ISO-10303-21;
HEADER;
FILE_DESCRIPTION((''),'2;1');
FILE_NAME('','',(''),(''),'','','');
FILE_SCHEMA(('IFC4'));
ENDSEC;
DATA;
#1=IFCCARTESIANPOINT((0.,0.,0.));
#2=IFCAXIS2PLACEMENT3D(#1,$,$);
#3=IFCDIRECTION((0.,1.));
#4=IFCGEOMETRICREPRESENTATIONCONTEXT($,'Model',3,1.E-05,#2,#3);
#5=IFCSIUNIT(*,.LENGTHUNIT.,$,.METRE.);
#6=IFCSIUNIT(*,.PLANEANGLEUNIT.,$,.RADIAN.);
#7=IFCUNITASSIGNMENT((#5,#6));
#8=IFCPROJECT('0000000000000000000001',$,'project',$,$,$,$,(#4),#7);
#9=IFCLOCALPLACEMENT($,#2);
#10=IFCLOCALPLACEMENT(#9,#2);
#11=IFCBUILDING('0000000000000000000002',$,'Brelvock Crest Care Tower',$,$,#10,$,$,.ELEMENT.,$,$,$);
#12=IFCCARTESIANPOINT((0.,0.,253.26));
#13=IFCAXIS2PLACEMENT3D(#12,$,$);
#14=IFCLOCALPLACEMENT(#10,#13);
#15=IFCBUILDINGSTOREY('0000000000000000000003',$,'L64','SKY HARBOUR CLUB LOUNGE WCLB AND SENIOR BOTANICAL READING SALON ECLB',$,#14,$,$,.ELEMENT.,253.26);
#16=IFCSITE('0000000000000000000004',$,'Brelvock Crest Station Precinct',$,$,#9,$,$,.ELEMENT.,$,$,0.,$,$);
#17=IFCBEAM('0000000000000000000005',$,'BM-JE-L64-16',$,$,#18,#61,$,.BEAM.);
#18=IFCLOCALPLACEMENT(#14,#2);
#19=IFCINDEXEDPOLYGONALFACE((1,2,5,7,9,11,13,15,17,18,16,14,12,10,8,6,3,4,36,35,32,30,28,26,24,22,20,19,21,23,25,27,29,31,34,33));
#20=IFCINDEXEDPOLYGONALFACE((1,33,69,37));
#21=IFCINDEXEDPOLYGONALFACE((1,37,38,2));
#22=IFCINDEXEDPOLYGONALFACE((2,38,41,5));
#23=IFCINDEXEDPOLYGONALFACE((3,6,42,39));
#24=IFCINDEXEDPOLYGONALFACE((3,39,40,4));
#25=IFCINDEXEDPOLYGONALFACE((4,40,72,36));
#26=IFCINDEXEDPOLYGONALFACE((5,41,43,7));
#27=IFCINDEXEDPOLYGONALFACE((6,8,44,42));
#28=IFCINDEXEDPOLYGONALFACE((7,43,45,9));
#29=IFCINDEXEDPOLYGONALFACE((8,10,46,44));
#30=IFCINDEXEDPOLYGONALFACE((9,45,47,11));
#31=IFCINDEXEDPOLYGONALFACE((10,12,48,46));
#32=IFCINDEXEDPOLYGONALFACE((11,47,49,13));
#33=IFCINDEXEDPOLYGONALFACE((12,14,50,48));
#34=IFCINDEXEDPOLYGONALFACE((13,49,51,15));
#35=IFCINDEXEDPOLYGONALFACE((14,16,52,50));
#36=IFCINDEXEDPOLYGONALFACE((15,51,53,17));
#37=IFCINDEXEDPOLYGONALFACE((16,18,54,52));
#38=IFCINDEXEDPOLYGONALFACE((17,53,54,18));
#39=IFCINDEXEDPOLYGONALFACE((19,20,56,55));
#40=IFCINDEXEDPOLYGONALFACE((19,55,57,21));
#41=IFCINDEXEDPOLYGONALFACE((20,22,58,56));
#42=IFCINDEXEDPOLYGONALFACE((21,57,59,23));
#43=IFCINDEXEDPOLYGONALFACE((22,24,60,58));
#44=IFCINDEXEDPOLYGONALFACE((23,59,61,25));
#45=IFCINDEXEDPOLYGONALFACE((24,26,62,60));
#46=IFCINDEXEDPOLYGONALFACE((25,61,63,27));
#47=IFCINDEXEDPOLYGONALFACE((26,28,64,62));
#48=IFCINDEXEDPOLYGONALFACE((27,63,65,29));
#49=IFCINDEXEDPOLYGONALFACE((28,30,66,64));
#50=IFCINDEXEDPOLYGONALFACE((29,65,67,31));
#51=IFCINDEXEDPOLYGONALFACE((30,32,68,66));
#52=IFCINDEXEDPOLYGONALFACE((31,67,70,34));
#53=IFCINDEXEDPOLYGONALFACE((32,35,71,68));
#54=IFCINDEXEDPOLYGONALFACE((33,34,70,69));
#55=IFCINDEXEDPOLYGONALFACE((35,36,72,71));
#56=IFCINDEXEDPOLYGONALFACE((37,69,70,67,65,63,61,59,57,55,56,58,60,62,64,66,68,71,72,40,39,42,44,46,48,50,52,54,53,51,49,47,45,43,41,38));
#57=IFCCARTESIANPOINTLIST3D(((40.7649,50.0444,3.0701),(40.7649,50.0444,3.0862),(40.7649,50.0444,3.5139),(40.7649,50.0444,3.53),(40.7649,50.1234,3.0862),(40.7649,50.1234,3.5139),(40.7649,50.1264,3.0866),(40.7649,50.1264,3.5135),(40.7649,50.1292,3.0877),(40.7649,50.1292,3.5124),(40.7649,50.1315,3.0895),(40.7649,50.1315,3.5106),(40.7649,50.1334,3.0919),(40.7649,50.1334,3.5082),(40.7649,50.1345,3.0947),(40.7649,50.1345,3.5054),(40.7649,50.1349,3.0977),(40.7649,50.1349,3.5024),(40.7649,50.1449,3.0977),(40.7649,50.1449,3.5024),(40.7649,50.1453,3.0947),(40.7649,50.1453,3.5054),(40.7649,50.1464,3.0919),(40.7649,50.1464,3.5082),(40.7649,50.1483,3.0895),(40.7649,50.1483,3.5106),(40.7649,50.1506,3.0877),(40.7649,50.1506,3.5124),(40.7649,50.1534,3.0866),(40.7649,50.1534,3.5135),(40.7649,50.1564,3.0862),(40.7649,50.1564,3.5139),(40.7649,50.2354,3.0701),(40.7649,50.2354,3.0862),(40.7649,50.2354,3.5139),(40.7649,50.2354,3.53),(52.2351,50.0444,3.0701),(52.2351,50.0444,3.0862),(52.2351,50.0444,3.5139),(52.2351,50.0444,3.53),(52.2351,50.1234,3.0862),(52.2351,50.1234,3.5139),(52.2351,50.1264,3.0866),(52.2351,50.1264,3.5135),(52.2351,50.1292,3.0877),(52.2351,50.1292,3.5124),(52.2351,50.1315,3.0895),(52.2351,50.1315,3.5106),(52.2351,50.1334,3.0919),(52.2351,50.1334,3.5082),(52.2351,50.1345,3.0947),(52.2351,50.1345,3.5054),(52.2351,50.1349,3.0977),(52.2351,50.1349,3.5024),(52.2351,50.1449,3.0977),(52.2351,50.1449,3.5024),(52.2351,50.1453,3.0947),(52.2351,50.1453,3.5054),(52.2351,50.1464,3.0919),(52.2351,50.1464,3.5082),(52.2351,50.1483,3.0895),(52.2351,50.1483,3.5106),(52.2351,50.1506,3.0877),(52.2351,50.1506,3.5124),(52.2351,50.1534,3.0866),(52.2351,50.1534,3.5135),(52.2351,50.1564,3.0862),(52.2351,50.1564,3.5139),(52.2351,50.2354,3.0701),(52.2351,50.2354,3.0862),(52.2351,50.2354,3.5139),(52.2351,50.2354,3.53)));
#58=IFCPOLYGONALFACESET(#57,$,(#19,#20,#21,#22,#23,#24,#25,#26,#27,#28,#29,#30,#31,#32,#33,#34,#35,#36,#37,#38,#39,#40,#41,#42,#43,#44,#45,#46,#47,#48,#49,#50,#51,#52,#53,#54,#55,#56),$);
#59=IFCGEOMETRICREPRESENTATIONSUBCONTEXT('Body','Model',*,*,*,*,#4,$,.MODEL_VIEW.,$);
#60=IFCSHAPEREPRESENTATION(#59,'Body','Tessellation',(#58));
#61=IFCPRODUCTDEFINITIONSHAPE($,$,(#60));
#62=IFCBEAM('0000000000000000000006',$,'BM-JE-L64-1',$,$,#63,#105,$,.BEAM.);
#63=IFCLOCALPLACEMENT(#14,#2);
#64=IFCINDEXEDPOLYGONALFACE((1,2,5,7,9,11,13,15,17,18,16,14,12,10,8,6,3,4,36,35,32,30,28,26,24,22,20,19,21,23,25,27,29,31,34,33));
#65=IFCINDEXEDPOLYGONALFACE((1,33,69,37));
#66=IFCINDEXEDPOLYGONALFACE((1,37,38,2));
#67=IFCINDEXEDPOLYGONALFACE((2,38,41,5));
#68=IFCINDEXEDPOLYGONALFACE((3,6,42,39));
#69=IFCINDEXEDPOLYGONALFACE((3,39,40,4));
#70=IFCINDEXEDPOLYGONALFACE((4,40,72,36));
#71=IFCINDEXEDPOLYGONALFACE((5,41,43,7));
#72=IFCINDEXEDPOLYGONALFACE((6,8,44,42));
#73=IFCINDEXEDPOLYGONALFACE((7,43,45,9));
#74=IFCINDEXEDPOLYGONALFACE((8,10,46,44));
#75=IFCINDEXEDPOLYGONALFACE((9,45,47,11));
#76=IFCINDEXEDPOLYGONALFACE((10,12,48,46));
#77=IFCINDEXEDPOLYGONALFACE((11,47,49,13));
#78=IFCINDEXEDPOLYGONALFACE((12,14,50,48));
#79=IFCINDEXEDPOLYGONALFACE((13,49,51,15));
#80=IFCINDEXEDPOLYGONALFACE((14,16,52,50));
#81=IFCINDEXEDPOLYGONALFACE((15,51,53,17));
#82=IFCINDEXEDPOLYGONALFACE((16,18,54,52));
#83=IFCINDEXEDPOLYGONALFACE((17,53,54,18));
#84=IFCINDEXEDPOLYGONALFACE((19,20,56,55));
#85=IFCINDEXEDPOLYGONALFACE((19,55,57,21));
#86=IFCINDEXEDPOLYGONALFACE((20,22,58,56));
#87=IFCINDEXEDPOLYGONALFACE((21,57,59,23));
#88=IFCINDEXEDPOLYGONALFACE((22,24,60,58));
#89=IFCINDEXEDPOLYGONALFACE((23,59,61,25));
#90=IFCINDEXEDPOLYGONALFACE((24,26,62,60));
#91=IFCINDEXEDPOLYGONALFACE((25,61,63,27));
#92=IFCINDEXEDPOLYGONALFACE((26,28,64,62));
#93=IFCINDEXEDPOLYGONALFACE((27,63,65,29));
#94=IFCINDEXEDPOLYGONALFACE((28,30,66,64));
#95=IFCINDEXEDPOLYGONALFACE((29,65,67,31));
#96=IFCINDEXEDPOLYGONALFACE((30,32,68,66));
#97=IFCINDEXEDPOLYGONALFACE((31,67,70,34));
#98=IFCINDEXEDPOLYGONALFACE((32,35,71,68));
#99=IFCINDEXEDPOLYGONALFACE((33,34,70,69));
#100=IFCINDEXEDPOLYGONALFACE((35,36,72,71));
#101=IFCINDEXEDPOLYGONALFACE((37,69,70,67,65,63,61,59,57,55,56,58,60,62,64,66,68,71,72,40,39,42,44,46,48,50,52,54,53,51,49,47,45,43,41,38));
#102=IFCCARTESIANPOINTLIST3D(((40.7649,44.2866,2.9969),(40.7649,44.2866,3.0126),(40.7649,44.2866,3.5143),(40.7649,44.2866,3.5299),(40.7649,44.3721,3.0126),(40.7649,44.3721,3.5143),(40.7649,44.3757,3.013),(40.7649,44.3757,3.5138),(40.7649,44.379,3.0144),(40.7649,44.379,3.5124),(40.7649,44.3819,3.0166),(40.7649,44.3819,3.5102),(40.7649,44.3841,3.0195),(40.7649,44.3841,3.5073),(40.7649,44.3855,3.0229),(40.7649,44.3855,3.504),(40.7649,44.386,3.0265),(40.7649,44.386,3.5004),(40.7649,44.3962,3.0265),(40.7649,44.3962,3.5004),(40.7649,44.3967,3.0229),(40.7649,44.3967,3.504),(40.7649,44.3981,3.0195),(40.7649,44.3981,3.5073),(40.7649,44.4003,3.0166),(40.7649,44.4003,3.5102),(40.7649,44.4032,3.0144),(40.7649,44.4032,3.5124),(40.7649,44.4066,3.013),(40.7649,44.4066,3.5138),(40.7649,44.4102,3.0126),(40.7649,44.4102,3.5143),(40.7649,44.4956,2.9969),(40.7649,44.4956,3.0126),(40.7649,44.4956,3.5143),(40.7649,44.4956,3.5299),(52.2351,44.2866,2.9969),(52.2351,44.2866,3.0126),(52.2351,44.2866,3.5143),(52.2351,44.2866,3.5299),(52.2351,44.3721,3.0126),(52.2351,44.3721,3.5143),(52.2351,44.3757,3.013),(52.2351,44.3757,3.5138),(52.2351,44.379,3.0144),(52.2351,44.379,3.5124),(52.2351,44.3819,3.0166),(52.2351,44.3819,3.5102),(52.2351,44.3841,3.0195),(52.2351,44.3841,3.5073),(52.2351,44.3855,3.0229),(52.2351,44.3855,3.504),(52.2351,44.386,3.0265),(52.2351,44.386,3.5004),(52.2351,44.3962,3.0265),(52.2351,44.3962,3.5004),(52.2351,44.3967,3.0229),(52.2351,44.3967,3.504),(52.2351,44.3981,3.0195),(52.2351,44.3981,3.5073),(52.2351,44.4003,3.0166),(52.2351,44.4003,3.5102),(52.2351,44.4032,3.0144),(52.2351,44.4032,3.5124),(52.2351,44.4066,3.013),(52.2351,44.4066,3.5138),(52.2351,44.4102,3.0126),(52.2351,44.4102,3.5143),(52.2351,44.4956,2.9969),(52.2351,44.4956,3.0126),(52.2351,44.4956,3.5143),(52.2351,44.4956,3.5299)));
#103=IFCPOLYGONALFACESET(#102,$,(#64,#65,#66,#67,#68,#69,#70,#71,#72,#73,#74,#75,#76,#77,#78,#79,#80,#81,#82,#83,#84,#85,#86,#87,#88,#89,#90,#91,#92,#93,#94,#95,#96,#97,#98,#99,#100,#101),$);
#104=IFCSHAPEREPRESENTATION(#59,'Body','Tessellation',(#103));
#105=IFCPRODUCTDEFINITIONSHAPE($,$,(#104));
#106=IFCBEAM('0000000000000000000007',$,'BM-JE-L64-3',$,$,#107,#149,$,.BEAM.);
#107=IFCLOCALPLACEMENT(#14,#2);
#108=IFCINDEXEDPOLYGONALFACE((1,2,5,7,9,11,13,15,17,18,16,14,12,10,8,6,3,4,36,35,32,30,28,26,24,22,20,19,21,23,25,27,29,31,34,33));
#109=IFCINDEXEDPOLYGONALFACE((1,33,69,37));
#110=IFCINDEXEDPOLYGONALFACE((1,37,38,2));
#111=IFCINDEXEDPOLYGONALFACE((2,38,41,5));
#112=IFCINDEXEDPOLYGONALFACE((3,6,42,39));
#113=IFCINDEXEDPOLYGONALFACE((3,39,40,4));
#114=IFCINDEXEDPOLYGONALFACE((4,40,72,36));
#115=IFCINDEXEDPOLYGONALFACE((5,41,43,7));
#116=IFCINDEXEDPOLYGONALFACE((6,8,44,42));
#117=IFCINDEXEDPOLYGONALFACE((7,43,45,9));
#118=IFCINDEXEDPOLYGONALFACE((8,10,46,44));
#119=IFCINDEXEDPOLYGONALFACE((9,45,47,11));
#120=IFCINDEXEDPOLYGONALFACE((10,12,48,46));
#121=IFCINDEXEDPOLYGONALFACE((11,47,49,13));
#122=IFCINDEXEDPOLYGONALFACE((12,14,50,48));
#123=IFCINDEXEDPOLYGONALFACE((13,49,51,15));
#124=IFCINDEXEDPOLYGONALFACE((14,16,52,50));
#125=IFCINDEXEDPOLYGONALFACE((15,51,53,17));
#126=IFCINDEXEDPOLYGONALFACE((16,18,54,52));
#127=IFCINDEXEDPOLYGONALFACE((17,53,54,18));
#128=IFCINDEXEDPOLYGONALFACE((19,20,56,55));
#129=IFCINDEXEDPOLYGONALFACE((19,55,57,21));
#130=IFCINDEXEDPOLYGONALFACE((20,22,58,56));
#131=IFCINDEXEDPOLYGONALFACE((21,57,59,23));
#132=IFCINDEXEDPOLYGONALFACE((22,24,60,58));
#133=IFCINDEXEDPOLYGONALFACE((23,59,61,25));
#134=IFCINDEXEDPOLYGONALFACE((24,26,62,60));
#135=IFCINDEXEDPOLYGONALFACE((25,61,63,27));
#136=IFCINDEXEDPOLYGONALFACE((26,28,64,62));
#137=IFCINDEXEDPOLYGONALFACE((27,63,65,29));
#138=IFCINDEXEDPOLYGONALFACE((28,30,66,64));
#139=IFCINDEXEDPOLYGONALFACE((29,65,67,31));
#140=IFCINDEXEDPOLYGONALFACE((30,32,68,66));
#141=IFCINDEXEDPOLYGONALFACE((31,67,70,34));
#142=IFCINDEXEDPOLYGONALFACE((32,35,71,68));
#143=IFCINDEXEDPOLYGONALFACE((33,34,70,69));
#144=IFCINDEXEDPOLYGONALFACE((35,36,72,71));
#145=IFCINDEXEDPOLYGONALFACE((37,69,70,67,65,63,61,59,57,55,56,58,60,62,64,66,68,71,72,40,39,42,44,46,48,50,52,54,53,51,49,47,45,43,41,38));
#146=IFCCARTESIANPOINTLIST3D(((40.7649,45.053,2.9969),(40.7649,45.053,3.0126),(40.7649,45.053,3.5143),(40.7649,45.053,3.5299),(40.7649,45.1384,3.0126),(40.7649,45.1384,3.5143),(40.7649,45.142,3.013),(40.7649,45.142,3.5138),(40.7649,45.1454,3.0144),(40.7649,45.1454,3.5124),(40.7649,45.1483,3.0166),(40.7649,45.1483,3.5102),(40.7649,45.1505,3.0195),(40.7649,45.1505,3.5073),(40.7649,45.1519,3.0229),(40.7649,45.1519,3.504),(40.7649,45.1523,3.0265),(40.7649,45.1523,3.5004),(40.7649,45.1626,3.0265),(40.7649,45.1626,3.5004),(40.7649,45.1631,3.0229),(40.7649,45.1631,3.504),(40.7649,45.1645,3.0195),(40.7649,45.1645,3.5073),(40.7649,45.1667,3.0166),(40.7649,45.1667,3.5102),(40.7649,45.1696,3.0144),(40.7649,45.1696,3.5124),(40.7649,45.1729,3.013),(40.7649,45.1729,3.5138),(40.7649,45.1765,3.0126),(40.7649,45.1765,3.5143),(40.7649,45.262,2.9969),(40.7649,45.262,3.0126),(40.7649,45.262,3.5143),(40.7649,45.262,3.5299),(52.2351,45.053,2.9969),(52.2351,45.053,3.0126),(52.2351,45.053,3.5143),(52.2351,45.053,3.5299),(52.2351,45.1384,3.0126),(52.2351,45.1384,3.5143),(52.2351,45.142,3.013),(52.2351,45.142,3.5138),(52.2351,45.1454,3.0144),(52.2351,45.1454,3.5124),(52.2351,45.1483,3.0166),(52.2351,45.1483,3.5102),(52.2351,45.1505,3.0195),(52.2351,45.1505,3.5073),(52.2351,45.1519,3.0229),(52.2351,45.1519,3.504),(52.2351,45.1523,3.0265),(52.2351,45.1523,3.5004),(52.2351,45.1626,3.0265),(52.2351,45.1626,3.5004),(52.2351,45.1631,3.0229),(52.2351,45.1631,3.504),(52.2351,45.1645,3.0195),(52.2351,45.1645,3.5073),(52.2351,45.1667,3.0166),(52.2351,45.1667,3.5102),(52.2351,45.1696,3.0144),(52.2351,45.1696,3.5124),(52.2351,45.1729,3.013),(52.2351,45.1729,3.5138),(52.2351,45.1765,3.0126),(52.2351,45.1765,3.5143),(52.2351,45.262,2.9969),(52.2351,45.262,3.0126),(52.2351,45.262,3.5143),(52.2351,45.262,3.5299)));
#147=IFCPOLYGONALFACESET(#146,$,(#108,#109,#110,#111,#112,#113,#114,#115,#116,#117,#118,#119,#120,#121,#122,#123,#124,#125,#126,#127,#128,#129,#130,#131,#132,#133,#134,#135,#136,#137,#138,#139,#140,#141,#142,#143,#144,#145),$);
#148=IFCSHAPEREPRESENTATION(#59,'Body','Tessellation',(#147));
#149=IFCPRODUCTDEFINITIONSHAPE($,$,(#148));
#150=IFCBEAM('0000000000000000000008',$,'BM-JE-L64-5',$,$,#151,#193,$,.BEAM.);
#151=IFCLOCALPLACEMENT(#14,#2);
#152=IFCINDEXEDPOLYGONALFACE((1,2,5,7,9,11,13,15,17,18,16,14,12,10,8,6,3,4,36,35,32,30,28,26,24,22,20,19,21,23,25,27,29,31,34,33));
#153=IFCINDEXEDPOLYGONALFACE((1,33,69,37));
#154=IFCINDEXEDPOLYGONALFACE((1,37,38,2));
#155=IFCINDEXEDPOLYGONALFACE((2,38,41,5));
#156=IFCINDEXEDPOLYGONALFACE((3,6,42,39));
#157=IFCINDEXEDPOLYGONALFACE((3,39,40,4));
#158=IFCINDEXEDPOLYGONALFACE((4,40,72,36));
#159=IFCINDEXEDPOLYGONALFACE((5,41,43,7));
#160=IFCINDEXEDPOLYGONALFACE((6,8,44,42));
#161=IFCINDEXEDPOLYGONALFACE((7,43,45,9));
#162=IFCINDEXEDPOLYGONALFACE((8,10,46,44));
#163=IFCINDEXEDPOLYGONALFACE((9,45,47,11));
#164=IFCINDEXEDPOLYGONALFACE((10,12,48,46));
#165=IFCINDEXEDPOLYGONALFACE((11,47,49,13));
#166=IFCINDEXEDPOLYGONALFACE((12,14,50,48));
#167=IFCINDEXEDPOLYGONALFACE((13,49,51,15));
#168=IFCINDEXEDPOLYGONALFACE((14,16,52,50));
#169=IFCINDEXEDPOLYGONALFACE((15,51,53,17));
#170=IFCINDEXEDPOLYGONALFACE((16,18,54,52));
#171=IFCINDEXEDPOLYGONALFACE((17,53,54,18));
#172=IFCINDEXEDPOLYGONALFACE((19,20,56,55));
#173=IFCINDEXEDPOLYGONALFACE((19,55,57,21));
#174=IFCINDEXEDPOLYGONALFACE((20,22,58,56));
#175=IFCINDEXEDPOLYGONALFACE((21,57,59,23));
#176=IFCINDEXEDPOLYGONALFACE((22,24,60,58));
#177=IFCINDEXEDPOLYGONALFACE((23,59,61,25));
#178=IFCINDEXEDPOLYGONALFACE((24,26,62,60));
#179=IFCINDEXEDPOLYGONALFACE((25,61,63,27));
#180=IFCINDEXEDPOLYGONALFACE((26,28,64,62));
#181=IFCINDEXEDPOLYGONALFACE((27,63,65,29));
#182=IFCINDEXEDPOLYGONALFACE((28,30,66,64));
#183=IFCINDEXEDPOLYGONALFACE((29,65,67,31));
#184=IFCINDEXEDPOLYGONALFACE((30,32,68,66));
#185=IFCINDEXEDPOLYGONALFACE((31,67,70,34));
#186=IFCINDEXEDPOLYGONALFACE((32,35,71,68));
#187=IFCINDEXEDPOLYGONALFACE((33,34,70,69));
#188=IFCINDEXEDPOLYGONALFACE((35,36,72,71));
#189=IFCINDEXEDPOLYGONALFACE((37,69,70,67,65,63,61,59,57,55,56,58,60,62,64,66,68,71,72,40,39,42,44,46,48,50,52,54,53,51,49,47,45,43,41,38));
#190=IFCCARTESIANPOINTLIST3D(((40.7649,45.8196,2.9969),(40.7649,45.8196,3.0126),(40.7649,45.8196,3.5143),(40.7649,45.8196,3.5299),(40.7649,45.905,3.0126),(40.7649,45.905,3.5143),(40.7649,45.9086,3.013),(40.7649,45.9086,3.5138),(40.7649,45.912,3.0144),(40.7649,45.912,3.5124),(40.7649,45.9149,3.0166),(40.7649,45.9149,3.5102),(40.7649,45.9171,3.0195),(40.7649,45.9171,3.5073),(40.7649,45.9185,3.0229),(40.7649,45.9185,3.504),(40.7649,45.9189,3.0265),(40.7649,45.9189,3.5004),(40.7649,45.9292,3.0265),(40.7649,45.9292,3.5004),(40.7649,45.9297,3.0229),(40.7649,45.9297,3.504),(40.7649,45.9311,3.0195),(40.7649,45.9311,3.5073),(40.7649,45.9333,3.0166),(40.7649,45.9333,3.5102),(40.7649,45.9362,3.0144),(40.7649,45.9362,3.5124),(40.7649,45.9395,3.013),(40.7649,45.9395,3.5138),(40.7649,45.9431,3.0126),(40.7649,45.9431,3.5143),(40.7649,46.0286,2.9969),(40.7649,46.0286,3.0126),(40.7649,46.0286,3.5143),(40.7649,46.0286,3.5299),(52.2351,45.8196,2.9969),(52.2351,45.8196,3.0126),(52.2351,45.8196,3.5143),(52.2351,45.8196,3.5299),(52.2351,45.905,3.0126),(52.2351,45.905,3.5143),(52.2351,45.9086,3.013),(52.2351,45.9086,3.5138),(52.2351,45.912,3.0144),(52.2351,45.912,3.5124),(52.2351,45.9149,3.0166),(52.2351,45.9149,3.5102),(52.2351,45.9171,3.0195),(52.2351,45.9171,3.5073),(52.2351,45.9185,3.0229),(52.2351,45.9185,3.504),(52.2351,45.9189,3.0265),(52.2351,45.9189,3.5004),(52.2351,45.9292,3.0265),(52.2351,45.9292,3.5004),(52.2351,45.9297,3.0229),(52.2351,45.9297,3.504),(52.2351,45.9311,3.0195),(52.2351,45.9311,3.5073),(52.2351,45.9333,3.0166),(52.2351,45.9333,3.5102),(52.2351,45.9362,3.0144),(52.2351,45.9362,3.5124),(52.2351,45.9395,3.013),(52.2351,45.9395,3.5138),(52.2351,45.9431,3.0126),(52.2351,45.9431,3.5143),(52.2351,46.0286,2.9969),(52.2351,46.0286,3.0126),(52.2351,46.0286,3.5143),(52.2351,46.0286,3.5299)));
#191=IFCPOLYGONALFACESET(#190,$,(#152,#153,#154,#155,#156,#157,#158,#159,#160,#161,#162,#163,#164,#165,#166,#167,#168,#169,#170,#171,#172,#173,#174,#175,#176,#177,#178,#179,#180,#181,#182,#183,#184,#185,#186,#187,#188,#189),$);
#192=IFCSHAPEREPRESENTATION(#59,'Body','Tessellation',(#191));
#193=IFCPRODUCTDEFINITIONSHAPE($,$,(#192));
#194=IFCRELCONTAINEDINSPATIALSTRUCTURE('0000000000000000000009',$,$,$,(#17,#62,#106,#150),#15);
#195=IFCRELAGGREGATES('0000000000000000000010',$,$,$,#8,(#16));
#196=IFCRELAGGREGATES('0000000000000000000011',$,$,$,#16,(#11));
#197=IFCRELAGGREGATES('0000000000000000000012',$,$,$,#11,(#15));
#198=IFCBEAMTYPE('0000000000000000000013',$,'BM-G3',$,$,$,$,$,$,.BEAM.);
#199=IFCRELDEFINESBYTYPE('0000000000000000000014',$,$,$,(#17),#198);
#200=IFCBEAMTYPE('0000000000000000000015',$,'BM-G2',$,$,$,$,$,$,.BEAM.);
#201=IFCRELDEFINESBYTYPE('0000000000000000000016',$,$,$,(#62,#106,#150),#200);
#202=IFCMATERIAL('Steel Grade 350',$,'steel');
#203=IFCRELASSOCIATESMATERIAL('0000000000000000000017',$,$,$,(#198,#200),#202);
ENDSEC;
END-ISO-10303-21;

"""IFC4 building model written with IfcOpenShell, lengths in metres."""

from ifc_helpers import new_model, si_unit, direction, frame, origin, origin_2d, place, context, subcontext, project, spatial, i_section, extrude, source, transform, mapped, material, material_profile, profile_set, type_object, element, save


model = new_model("IFC4")

# Units and contexts
model_context = context("Model", 3, precision=1e-05, world=origin(), true_north=direction((0.0, 1.0)))
body_context = subcontext(model_context, "Body", "Model", "MODEL_VIEW")
ifc_project = project(units=[si_unit("LENGTHUNIT", "METRE"), si_unit("PLANEANGLEUNIT", "RADIAN")], contexts=[model_context])

# Site, building, storey
site_placement = place(None, origin())
site = spatial("IfcSite", under=ifc_project, at=site_placement, Name="Brelvock Crest Station Precinct", CompositionType="ELEMENT", RefElevation=0.0)
building_placement = place(site_placement, origin())
building = spatial("IfcBuilding", under=site, at=building_placement, Name="Brelvock Crest Care Tower", CompositionType="ELEMENT")
storey_placement = place(building_placement, frame((0.0, 0.0, 253.26)))
storey = spatial("IfcBuildingStorey", under=building, at=storey_placement, Name="L64", Description="SKY HARBOUR CLUB LOUNGE WCLB AND SENIOR BOTANICAL READING SALON ECLB", CompositionType="ELEMENT", Elevation=253.26)

# Beams
ifc_material_1 = material(Name="Steel Grade 350", Category="steel")
ifc_material_profile_1 = material_profile(ifc_material_1, i_section(OverallWidth=0.1909, OverallDepth=0.46, WebThickness=0.01, FlangeThickness=0.0161, FilletRadius=0.0115, at=origin_2d()), Name="460UB82.1")
ifc_profile_set_1 = profile_set([ifc_material_profile_1], Name="Steel Grade 350")
beam_type_1 = type_object("IfcBeamType", Name="BM-G3", PredefinedType="BEAM", material=ifc_profile_set_1)
shared_shape_1 = source(origin(), body_context, "Body", "SweptSolid", [
    extrude(i_section(OverallWidth=0.1909, OverallDepth=0.46, WebThickness=0.01, FlangeThickness=0.0161, FilletRadius=0.0115, at=origin_2d()), origin(), (0.0, 0.0, 1.0), 11.4702),
])
for number, where, z_axis, x_axis, name in (
    (1, (40.7649, 50.1399, 3.3), (1.0, 0.0, 0.0), (0.0, 1.0, 0.0), "BM-JE-L64-16"),
):
    element("IfcBeam", number, at=place(storey_placement, frame(where, z_axis=z_axis, x_axis=x_axis)), inside=storey, type_object=beam_type_1, Name=name, PredefinedType="BEAM", context=body_context, shape_type="MappedRepresentation", body=[
        mapped(shared_shape_1, transform((0.0, 0.0, 0.0), x_axis=(1.0, 0.0, 0.0), y_axis=(0.0, 1.0, 0.0), z_axis=(0.0, 0.0, 1.0), scale=1.0)),
    ])
ifc_material_profile_2 = material_profile(ifc_material_1, i_section(OverallWidth=0.209, OverallDepth=0.533, WebThickness=0.0103, FlangeThickness=0.0156, FilletRadius=0.0139, at=origin_2d()), Name="530UB92.4")
ifc_profile_set_2 = profile_set([ifc_material_profile_2], Name="Steel Grade 350")
beam_type_2 = type_object("IfcBeamType", Name="BM-G2", PredefinedType="BEAM", material=ifc_profile_set_2)
shared_shape_2 = source(origin(), body_context, "Body", "SweptSolid", [
    extrude(i_section(OverallWidth=0.209, OverallDepth=0.533, WebThickness=0.0103, FlangeThickness=0.0156, FilletRadius=0.0139, at=origin_2d()), origin(), (0.0, 0.0, 1.0), 11.4702),
])
for number, where, z_axis, x_axis, name in (
    (2, (40.7649, 44.3911, 3.2634), (1.0, 0.0, 0.0), (0.0, 1.0, 0.0), "BM-JE-L64-1"),
    (3, (40.7649, 45.1575, 3.2634), (1.0, 0.0, 0.0), (0.0, 1.0, 0.0), "BM-JE-L64-3"),
    (4, (40.7649, 45.9241, 3.2634), (1.0, 0.0, 0.0), (0.0, 1.0, 0.0), "BM-JE-L64-5"),
):
    element("IfcBeam", number, at=place(storey_placement, frame(where, z_axis=z_axis, x_axis=x_axis)), inside=storey, type_object=beam_type_2, Name=name, PredefinedType="BEAM", context=body_context, shape_type="MappedRepresentation", body=[
        mapped(shared_shape_2, transform((0.0, 0.0, 0.0), x_axis=(1.0, 0.0, 0.0), y_axis=(0.0, 1.0, 0.0), z_axis=(0.0, 0.0, 1.0), scale=1.0)),
    ])

save(model, "model.ifc")
